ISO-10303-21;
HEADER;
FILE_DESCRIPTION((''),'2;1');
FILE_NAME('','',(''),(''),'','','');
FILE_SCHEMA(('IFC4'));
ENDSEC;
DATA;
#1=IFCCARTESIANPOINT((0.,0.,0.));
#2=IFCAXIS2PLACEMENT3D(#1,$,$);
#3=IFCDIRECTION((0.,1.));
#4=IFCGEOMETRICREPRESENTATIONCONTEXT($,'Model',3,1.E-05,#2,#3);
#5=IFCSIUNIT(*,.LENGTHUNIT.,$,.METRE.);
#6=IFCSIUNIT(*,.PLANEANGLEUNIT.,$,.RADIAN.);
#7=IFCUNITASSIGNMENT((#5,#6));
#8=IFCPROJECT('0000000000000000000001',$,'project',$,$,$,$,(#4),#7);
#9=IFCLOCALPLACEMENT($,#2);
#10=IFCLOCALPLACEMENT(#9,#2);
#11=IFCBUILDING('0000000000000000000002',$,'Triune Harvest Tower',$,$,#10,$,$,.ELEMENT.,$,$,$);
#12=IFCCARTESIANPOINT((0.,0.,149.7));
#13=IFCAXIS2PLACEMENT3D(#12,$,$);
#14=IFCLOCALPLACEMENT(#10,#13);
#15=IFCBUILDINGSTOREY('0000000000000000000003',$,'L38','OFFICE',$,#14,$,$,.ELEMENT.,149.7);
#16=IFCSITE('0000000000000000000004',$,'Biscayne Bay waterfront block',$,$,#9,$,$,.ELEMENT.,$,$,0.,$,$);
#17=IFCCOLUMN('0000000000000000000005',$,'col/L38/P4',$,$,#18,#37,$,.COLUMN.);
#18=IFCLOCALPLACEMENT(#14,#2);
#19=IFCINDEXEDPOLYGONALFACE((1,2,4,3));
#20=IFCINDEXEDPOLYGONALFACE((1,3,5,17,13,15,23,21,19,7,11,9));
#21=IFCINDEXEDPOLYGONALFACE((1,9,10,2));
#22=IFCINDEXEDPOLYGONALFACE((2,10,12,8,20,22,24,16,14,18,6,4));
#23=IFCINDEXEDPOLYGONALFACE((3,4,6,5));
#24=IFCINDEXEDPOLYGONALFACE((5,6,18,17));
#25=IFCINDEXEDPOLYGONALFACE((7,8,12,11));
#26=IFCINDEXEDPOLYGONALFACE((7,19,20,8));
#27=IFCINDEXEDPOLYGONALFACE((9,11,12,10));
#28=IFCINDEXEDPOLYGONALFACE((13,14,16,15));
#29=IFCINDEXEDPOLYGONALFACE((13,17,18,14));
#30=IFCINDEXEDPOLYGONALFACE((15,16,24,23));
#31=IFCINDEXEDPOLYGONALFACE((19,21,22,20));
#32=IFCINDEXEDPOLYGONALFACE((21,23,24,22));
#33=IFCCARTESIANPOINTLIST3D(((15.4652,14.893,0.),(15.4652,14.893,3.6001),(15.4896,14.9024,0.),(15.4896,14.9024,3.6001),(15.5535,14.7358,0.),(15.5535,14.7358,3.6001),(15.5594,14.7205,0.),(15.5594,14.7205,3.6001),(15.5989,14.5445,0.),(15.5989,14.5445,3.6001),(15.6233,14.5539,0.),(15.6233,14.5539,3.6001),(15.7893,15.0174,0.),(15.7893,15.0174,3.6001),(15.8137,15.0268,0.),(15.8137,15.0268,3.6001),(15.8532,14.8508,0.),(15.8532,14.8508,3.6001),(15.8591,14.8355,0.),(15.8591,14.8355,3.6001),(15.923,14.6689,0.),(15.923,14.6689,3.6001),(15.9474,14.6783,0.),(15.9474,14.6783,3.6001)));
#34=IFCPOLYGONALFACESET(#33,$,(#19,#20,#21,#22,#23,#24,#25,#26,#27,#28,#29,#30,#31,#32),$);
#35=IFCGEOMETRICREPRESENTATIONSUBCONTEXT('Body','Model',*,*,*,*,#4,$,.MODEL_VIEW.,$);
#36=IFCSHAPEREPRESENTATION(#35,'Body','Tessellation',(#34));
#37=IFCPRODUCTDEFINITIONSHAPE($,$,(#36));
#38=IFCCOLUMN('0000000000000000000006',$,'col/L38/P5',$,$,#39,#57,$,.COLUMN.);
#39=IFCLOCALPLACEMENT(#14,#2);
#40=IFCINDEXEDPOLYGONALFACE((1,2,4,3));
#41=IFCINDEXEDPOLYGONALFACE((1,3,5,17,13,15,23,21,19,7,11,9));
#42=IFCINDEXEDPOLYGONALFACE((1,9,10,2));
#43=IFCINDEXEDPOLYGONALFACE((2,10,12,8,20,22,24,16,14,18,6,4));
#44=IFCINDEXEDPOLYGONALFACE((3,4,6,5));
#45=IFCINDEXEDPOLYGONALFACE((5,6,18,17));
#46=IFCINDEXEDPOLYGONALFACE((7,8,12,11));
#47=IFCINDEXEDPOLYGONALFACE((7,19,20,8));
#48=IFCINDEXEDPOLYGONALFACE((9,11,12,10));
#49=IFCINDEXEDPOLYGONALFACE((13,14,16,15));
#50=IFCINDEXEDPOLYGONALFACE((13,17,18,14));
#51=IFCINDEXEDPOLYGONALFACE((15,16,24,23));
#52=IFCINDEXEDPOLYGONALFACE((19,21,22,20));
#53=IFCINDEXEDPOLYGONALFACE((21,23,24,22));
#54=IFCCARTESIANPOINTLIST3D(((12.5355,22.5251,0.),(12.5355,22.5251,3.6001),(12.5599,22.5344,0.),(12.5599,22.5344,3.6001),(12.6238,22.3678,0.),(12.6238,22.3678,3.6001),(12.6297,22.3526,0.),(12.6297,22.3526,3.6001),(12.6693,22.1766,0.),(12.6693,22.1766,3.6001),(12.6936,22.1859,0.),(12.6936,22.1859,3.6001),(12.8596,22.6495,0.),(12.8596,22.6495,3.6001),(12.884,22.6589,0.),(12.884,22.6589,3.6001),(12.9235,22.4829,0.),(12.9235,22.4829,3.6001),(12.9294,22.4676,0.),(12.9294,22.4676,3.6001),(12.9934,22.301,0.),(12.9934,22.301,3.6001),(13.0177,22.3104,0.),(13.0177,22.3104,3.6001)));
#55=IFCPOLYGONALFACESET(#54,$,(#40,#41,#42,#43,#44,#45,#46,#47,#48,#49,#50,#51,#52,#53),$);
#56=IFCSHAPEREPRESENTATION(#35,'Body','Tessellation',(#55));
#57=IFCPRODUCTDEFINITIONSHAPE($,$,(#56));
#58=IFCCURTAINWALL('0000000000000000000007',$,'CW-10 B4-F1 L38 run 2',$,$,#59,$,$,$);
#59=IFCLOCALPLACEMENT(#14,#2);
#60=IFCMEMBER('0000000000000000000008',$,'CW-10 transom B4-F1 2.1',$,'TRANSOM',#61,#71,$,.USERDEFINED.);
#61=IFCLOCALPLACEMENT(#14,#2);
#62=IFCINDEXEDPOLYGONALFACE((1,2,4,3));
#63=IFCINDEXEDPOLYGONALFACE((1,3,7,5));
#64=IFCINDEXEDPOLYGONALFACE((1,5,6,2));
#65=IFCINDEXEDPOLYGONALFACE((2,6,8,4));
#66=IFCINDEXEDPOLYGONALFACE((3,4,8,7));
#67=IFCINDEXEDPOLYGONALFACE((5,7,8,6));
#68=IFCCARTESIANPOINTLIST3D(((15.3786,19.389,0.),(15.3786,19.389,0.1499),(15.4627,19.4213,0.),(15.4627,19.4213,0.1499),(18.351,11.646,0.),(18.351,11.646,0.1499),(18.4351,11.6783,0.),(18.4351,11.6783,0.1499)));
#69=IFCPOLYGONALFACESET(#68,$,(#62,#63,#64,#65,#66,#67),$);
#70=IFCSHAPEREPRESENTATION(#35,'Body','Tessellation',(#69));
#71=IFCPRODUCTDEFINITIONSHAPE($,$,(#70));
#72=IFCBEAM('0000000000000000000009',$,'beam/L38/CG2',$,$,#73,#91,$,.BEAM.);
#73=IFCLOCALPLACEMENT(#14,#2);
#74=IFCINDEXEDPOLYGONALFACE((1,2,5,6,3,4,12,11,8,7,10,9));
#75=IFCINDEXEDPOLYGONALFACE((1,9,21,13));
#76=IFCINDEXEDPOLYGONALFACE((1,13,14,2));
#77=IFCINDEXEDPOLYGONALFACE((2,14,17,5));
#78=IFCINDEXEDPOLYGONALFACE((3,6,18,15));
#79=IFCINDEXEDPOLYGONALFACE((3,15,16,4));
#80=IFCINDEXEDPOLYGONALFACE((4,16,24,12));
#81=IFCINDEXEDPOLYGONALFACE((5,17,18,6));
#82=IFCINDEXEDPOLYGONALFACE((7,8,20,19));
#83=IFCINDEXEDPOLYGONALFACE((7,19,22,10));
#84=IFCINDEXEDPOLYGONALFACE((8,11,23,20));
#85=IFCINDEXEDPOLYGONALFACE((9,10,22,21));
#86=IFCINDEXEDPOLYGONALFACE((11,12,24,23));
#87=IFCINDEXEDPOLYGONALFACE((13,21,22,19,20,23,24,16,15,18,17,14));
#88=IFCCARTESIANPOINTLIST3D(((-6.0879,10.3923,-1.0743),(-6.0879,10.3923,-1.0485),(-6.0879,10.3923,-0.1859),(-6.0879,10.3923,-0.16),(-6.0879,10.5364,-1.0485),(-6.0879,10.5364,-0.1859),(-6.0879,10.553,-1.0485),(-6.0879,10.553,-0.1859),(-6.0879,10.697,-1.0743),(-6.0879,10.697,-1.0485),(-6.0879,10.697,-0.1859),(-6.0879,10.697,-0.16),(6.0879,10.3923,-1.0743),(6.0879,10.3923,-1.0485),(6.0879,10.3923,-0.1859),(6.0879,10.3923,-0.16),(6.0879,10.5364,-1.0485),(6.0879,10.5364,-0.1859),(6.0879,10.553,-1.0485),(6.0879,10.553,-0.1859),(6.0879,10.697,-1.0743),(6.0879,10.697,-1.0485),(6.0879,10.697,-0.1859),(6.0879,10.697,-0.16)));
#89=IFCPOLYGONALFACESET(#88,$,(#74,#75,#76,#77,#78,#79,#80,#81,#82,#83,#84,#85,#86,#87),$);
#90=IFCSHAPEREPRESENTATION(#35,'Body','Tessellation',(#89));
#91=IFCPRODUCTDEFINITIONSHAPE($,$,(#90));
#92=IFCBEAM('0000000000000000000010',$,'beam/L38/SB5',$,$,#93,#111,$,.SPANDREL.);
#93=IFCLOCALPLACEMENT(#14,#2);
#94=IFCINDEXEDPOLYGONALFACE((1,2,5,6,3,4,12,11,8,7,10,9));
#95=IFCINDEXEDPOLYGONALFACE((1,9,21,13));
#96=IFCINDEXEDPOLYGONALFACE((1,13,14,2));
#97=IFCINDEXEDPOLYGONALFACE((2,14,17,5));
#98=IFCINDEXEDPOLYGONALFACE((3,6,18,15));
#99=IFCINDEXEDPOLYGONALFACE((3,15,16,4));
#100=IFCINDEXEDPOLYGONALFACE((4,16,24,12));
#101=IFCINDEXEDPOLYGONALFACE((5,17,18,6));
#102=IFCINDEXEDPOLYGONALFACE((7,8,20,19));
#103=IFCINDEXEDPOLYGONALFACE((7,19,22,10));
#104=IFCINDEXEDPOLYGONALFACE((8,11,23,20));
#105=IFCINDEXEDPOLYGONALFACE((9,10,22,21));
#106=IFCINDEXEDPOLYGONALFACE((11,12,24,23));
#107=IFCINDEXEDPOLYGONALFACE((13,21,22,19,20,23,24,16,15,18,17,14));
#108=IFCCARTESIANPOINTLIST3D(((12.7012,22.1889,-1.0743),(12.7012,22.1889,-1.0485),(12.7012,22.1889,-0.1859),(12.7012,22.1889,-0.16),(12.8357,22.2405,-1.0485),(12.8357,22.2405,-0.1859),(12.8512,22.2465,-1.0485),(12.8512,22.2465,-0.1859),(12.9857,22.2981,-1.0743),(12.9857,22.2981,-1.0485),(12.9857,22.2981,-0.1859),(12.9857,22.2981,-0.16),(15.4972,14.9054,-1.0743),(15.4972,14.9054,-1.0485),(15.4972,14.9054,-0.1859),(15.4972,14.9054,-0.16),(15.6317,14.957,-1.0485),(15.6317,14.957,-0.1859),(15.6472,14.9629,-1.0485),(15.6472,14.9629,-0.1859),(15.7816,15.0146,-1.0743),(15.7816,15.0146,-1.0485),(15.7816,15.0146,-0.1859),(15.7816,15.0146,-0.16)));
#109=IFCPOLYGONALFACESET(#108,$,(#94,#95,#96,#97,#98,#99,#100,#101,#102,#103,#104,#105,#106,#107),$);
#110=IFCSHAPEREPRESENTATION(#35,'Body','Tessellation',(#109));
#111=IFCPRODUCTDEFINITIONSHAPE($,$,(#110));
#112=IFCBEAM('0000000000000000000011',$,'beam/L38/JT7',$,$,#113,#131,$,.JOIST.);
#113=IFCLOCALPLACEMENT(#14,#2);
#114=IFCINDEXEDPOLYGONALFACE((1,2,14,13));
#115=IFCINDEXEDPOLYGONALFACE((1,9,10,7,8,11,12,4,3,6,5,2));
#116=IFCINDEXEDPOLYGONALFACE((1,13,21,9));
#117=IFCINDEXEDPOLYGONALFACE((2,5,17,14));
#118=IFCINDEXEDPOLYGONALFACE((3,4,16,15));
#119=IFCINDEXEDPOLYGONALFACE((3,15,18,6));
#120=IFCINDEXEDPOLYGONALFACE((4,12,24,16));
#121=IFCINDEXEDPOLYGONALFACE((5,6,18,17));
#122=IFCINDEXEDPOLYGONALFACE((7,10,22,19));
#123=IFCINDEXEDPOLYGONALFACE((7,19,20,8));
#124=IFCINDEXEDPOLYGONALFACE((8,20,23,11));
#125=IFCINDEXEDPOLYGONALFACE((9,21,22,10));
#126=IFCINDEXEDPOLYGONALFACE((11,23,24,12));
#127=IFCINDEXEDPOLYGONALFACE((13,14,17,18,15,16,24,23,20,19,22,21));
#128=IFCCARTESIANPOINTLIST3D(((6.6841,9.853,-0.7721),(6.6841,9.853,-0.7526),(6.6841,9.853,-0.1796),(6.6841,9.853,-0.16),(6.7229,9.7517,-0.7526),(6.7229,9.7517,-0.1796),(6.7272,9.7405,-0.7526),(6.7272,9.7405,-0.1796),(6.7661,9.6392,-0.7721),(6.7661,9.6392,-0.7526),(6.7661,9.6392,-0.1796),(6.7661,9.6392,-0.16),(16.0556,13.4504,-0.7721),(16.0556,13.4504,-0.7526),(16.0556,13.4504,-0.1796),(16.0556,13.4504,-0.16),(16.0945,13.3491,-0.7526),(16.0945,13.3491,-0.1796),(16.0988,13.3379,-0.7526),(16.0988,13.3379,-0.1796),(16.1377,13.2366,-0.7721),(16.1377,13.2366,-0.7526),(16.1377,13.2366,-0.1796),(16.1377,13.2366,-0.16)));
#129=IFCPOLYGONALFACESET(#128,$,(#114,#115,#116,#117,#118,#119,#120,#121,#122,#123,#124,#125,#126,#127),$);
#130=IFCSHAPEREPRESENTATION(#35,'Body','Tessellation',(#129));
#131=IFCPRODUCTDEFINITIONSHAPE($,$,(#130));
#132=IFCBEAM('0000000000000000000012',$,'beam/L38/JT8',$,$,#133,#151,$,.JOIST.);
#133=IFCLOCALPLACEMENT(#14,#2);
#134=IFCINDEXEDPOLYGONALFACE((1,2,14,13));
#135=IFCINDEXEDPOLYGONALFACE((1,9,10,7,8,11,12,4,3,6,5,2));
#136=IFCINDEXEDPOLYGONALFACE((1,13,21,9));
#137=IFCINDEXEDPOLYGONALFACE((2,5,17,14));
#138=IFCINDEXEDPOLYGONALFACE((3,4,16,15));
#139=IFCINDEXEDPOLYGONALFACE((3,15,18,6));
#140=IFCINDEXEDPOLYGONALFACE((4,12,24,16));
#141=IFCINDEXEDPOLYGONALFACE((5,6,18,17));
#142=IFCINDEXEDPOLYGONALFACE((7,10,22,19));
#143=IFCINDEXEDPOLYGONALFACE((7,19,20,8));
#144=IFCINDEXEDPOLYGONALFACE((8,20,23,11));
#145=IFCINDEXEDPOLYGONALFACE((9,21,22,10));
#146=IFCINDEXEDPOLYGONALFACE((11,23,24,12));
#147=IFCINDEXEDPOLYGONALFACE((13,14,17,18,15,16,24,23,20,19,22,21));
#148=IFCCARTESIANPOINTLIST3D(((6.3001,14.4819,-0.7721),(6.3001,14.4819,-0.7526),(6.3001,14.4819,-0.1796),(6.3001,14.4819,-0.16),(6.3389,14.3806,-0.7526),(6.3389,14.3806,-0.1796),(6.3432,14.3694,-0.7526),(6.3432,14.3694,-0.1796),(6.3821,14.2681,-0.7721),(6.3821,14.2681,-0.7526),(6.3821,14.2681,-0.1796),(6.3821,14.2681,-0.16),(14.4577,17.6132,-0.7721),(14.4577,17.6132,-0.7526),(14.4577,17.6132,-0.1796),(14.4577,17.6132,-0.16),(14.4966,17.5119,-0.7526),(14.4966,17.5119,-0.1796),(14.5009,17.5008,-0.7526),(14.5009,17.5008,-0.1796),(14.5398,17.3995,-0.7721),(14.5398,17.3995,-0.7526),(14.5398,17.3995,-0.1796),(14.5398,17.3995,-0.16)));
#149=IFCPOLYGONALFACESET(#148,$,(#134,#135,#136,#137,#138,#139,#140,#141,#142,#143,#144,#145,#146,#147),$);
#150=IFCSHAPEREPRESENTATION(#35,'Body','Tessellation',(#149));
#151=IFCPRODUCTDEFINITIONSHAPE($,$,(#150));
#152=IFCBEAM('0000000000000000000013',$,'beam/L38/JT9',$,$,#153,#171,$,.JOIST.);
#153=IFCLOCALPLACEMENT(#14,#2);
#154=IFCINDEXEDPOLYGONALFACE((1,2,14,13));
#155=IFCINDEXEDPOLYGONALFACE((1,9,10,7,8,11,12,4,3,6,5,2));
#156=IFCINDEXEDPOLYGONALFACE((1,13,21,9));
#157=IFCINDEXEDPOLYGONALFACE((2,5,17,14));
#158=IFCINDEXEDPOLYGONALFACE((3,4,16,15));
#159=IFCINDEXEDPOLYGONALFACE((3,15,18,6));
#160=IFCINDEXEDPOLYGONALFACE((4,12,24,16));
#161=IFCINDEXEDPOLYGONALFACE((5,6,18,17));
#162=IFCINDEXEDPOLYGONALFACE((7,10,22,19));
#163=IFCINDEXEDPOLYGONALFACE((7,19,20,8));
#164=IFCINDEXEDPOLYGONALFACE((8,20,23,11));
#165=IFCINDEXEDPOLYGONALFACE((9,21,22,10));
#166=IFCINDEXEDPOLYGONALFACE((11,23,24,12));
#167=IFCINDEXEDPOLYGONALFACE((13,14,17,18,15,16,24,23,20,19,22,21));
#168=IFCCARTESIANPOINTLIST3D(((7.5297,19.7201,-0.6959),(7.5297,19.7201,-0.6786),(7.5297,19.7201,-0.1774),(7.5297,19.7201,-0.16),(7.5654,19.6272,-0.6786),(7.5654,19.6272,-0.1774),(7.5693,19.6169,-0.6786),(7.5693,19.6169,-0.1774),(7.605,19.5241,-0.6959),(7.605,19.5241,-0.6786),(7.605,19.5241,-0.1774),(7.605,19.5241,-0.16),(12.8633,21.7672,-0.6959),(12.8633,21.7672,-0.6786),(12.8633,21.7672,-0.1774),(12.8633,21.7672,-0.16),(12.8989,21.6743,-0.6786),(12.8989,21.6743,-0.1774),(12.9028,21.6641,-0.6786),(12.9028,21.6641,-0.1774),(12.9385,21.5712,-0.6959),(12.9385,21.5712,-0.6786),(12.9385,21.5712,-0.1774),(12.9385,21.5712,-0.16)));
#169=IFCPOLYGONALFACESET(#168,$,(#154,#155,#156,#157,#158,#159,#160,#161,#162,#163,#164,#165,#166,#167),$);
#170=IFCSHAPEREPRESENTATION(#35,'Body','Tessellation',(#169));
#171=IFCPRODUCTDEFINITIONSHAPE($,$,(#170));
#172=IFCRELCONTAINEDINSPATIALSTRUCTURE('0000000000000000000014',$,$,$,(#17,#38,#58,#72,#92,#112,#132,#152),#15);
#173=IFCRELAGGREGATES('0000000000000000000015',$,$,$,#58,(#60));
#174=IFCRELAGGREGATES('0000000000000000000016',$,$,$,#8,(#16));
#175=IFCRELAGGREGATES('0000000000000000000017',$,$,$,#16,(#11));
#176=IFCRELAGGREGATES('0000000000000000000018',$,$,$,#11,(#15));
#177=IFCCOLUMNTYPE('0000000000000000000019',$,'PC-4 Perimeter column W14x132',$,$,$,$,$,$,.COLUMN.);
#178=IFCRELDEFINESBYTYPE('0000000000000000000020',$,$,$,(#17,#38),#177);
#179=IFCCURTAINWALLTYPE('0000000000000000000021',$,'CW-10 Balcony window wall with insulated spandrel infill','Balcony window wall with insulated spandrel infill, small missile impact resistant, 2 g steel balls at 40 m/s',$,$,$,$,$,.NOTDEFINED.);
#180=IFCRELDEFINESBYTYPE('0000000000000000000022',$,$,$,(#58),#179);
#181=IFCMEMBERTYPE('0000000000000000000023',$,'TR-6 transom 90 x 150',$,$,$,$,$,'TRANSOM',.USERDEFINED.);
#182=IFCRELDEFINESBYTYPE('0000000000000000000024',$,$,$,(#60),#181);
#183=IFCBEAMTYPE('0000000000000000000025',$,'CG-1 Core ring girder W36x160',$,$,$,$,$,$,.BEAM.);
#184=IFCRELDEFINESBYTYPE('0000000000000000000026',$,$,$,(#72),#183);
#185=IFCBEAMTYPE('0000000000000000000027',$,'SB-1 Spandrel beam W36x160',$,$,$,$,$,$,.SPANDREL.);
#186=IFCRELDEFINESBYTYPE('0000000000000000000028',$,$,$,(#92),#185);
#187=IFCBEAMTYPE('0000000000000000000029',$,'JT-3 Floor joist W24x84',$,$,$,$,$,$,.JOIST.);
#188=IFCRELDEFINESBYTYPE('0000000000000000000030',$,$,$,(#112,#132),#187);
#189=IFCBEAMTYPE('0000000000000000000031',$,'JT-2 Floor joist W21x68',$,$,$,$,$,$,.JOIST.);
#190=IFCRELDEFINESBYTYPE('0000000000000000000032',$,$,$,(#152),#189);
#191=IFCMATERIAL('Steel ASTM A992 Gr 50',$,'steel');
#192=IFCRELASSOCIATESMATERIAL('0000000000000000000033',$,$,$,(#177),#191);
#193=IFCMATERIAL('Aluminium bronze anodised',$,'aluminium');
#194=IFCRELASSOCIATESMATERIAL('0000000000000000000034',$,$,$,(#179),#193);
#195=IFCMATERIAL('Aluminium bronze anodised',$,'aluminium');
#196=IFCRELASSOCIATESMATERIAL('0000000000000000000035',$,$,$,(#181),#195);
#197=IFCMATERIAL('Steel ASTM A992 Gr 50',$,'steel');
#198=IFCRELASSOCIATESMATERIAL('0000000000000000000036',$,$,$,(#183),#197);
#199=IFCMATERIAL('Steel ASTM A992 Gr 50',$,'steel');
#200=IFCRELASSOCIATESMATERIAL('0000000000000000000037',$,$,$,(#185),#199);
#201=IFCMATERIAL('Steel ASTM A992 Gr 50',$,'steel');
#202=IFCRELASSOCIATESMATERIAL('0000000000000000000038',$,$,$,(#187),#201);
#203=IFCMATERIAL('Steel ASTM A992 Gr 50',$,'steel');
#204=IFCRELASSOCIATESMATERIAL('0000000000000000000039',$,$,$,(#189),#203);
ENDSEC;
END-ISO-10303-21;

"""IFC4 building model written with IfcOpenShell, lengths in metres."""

from ifc_helpers import new_model, si_unit, direction, frame, origin, origin_2d, place, context, subcontext, project, spatial, rectangle, i_section, extrude, source, transform, mapped, material, material_profile, profile_set, type_object, element, aggregate, save


model = new_model("IFC4")

# Units and contexts
model_context = context("Model", 3, precision=1e-05, world=origin(), true_north=direction((0.0, 1.0)))
body_context = subcontext(model_context, "Body", "Model", "MODEL_VIEW")
ifc_project = project(units=[si_unit("LENGTHUNIT", "METRE"), si_unit("PLANEANGLEUNIT", "RADIAN")], contexts=[model_context])

# Site, building, storey
site_placement = place(None, origin())
site = spatial("IfcSite", under=ifc_project, at=site_placement, Name="Biscayne Bay waterfront block", CompositionType="ELEMENT", RefElevation=0.0)
building_placement = place(site_placement, origin())
building = spatial("IfcBuilding", under=site, at=building_placement, Name="Triune Harvest Tower", CompositionType="ELEMENT")
storey_placement = place(building_placement, frame((0.0, 0.0, 149.7)))
storey = spatial("IfcBuildingStorey", under=building, at=storey_placement, Name="L38", Description="OFFICE", CompositionType="ELEMENT", Elevation=149.7)

# Columns
ifc_material_1 = material(Name="Steel ASTM A992 Gr 50", Category="steel")
ifc_material_profile_1 = material_profile(ifc_material_1, i_section(OverallWidth=0.3733, OverallDepth=0.3733, WebThickness=0.0164, FlangeThickness=0.0261, at=origin_2d()), Name="W14x132")
ifc_profile_set_1 = profile_set([ifc_material_profile_1], Name="Steel ASTM A992 Gr 50")
column_type = type_object("IfcColumnType", Name="PC-4 Perimeter column W14x132", PredefinedType="COLUMN", material=ifc_profile_set_1)
shared_shape_1 = source(origin(), body_context, "Body", "SweptSolid", [
    extrude(i_section(OverallWidth=0.3733, OverallDepth=0.3733, WebThickness=0.0164, FlangeThickness=0.0261, at=origin_2d()), origin(), (0.0, 0.0, 1.0), 3.6001),
])
for number, where, z_axis, x_axis, name in (
    (1, (15.7063, 14.7856, 0.0), (0.0, 0.0, 1.0), (-0.358368, 0.93358, 0.0), "col/L38/P4"),
    (2, (12.7766, 22.4177, 0.0), (0.0, 0.0, 1.0), (-0.358368, 0.93358, 0.0), "col/L38/P5"),
):
    element("IfcColumn", number, at=place(storey_placement, frame(where, z_axis=z_axis, x_axis=x_axis)), inside=storey, type_object=column_type, Name=name, PredefinedType="COLUMN", context=body_context, shape_type="MappedRepresentation", body=[
        mapped(shared_shape_1, transform((0.0, 0.0, 0.0), scale=1.0)),
    ])

# Curtain wall, member
ifc_material_2 = material(Name="Aluminium bronze anodised", Category="aluminium")
curtain_wall_type = type_object("IfcCurtainWallType", Name="CW-10 Balcony window wall with insulated spandrel infill", Description="Balcony window wall with insulated spandrel infill, small missile impact resistant, 2 g steel balls at 40 m/s", PredefinedType="NOTDEFINED", material=ifc_material_2)
curtain_wall_placement = place(storey_placement, origin())
curtain_wall = element("IfcCurtainWall", 3, at=curtain_wall_placement, inside=storey, type_object=curtain_wall_type, Name="CW-10 B4-F1 L38 run 2")
ifc_material_3 = material(Name="Aluminium bronze anodised", Category="aluminium")
ifc_material_profile_2 = material_profile(ifc_material_3, rectangle(XDim=0.0901, YDim=0.1499, at=origin_2d()), Name="TR-6 transom 90 x 150")
ifc_profile_set_2 = profile_set([ifc_material_profile_2], Name="Aluminium bronze anodised")
member_type_1 = type_object("IfcMemberType", Name="TR-6 transom 90 x 150", ElementType="TRANSOM", PredefinedType="USERDEFINED", material=ifc_profile_set_2)
member_1_placement = place(storey_placement, frame((18.3931, 11.6621, 0.075), z_axis=(-0.358387, 0.933573, 0.0), x_axis=(-0.933573, -0.358387, 0.0)))
member_1 = element("IfcMember", 4, at=member_1_placement, type_object=member_type_1, Name="CW-10 transom B4-F1 2.1", ObjectType="TRANSOM", PredefinedType="USERDEFINED", context=body_context, shape_type="SweptSolid", body=[
    extrude(rectangle(XDim=0.0901, YDim=0.1499, at=origin_2d()), origin(), (0.0, 0.0, 1.0), 8.2939),
])

# Beams
ifc_material_4 = material(Name="Steel ASTM A992 Gr 50", Category="steel")
ifc_material_profile_3 = material_profile(ifc_material_4, i_section(OverallWidth=0.3047, OverallDepth=0.9143, WebThickness=0.0166, FlangeThickness=0.0259, at=origin_2d()), Name="W36x160")
ifc_profile_set_3 = profile_set([ifc_material_profile_3], Name="Steel ASTM A992 Gr 50")
beam_type_1 = type_object("IfcBeamType", Name="CG-1 Core ring girder W36x160", PredefinedType="BEAM", material=ifc_profile_set_3)
shared_shape_2 = source(origin(), body_context, "Body", "SweptSolid", [
    extrude(i_section(OverallWidth=0.3047, OverallDepth=0.9143, WebThickness=0.0166, FlangeThickness=0.0259, at=origin_2d()), origin(), (0.0, 0.0, 1.0), 12.1758),
])
beam_1_placement = place(storey_placement, frame((6.0879, 10.5447, -0.6172), z_axis=(-1.0, 0.0, 0.0), x_axis=(0.0, -1.0, 0.0)))
element("IfcBeam", 5, at=beam_1_placement, inside=storey, type_object=beam_type_1, Name="beam/L38/CG2", PredefinedType="BEAM", context=body_context, shape_type="MappedRepresentation", body=[
    mapped(shared_shape_2, transform((0.0, 0.0, 0.0), scale=1.0)),
])
ifc_material_5 = material(Name="Steel ASTM A992 Gr 50", Category="steel")
ifc_material_profile_4 = material_profile(ifc_material_5, i_section(OverallWidth=0.3047, OverallDepth=0.9143, WebThickness=0.0166, FlangeThickness=0.0259, at=origin_2d()), Name="W36x160")
ifc_profile_set_4 = profile_set([ifc_material_profile_4], Name="Steel ASTM A992 Gr 50")
beam_type_2 = type_object("IfcBeamType", Name="SB-1 Spandrel beam W36x160", PredefinedType="SPANDREL", material=ifc_profile_set_4)
shared_shape_3 = source(origin(), body_context, "Body", "SweptSolid", [
    extrude(i_section(OverallWidth=0.3047, OverallDepth=0.9143, WebThickness=0.0166, FlangeThickness=0.0259, at=origin_2d()), origin(), (0.0, 0.0, 1.0), 7.8018),
])
beam_2_placement = place(storey_placement, frame((15.6394, 14.96, -0.6172), z_axis=(-0.358373, 0.933578, 0.0), x_axis=(-0.933578, -0.358373, 0.0)))
element("IfcBeam", 6, at=beam_2_placement, inside=storey, type_object=beam_type_2, Name="beam/L38/SB5", PredefinedType="SPANDREL", context=body_context, shape_type="MappedRepresentation", body=[
    mapped(shared_shape_3, transform((0.0, 0.0, 0.0), scale=1.0)),
])
ifc_material_6 = material(Name="Steel ASTM A992 Gr 50", Category="steel")
ifc_material_profile_5 = material_profile(ifc_material_6, i_section(OverallWidth=0.229, OverallDepth=0.6121, WebThickness=0.012, FlangeThickness=0.0195, at=origin_2d()), Name="W24x84")
ifc_profile_set_5 = profile_set([ifc_material_profile_5], Name="Steel ASTM A992 Gr 50")
beam_type_3 = type_object("IfcBeamType", Name="JT-3 Floor joist W24x84", PredefinedType="JOIST", material=ifc_profile_set_5)
shared_shape_4 = source(origin(), body_context, "Body", "SweptSolid", [
    extrude(i_section(OverallWidth=0.229, OverallDepth=0.6121, WebThickness=0.012, FlangeThickness=0.0195, at=origin_2d()), origin(), (0.0, 0.0, 1.0), 10.0383),
])
beam_3_placement = place(storey_placement, frame((16.0967, 13.3435, -0.4661), z_axis=(-0.93358, -0.358368, 0.0), x_axis=(0.358368, -0.93358, 0.0)))
element("IfcBeam", 7, at=beam_3_placement, inside=storey, type_object=beam_type_3, Name="beam/L38/JT7", PredefinedType="JOIST", context=body_context, shape_type="MappedRepresentation", body=[
    mapped(shared_shape_4, transform((0.0, 0.0, 0.0), scale=1.0)),
])
shared_shape_5 = source(origin(), body_context, "Body", "SweptSolid", [
    extrude(i_section(OverallWidth=0.229, OverallDepth=0.6121, WebThickness=0.012, FlangeThickness=0.0195, at=origin_2d()), origin(), (0.0, 0.0, 1.0), 8.738),
])
beam_4_placement = place(storey_placement, frame((14.4988, 17.5063, -0.4661), z_axis=(-0.933584, -0.358357, 0.0), x_axis=(0.358357, -0.933584, 0.0)))
element("IfcBeam", 8, at=beam_4_placement, inside=storey, type_object=beam_type_3, Name="beam/L38/JT8", PredefinedType="JOIST", context=body_context, shape_type="MappedRepresentation", body=[
    mapped(shared_shape_5, transform((0.0, 0.0, 0.0), scale=1.0)),
])
ifc_material_7 = material(Name="Steel ASTM A992 Gr 50", Category="steel")
ifc_material_profile_6 = material_profile(ifc_material_7, i_section(OverallWidth=0.21, OverallDepth=0.5359, WebThickness=0.011, FlangeThickness=0.0173, at=origin_2d()), Name="W21x68")
ifc_profile_set_6 = profile_set([ifc_material_profile_6], Name="Steel ASTM A992 Gr 50")
beam_type_4 = type_object("IfcBeamType", Name="JT-2 Floor joist W21x68", PredefinedType="JOIST", material=ifc_profile_set_6)
shared_shape_6 = source(origin(), body_context, "Body", "SweptSolid", [
    extrude(i_section(OverallWidth=0.21, OverallDepth=0.5359, WebThickness=0.011, FlangeThickness=0.0173, at=origin_2d()), origin(), (0.0, 0.0, 1.0), 5.7129),
])
beam_5_placement = place(storey_placement, frame((12.9009, 21.6692, -0.428), z_axis=(-0.933593, -0.358335, 0.0), x_axis=(0.358335, -0.933593, 0.0)))
element("IfcBeam", 9, at=beam_5_placement, inside=storey, type_object=beam_type_4, Name="beam/L38/JT9", PredefinedType="JOIST", context=body_context, shape_type="MappedRepresentation", body=[
    mapped(shared_shape_6, transform((0.0, 0.0, 0.0), scale=1.0)),
])

aggregate(curtain_wall, [member_1])

save(model, "model.ifc")
